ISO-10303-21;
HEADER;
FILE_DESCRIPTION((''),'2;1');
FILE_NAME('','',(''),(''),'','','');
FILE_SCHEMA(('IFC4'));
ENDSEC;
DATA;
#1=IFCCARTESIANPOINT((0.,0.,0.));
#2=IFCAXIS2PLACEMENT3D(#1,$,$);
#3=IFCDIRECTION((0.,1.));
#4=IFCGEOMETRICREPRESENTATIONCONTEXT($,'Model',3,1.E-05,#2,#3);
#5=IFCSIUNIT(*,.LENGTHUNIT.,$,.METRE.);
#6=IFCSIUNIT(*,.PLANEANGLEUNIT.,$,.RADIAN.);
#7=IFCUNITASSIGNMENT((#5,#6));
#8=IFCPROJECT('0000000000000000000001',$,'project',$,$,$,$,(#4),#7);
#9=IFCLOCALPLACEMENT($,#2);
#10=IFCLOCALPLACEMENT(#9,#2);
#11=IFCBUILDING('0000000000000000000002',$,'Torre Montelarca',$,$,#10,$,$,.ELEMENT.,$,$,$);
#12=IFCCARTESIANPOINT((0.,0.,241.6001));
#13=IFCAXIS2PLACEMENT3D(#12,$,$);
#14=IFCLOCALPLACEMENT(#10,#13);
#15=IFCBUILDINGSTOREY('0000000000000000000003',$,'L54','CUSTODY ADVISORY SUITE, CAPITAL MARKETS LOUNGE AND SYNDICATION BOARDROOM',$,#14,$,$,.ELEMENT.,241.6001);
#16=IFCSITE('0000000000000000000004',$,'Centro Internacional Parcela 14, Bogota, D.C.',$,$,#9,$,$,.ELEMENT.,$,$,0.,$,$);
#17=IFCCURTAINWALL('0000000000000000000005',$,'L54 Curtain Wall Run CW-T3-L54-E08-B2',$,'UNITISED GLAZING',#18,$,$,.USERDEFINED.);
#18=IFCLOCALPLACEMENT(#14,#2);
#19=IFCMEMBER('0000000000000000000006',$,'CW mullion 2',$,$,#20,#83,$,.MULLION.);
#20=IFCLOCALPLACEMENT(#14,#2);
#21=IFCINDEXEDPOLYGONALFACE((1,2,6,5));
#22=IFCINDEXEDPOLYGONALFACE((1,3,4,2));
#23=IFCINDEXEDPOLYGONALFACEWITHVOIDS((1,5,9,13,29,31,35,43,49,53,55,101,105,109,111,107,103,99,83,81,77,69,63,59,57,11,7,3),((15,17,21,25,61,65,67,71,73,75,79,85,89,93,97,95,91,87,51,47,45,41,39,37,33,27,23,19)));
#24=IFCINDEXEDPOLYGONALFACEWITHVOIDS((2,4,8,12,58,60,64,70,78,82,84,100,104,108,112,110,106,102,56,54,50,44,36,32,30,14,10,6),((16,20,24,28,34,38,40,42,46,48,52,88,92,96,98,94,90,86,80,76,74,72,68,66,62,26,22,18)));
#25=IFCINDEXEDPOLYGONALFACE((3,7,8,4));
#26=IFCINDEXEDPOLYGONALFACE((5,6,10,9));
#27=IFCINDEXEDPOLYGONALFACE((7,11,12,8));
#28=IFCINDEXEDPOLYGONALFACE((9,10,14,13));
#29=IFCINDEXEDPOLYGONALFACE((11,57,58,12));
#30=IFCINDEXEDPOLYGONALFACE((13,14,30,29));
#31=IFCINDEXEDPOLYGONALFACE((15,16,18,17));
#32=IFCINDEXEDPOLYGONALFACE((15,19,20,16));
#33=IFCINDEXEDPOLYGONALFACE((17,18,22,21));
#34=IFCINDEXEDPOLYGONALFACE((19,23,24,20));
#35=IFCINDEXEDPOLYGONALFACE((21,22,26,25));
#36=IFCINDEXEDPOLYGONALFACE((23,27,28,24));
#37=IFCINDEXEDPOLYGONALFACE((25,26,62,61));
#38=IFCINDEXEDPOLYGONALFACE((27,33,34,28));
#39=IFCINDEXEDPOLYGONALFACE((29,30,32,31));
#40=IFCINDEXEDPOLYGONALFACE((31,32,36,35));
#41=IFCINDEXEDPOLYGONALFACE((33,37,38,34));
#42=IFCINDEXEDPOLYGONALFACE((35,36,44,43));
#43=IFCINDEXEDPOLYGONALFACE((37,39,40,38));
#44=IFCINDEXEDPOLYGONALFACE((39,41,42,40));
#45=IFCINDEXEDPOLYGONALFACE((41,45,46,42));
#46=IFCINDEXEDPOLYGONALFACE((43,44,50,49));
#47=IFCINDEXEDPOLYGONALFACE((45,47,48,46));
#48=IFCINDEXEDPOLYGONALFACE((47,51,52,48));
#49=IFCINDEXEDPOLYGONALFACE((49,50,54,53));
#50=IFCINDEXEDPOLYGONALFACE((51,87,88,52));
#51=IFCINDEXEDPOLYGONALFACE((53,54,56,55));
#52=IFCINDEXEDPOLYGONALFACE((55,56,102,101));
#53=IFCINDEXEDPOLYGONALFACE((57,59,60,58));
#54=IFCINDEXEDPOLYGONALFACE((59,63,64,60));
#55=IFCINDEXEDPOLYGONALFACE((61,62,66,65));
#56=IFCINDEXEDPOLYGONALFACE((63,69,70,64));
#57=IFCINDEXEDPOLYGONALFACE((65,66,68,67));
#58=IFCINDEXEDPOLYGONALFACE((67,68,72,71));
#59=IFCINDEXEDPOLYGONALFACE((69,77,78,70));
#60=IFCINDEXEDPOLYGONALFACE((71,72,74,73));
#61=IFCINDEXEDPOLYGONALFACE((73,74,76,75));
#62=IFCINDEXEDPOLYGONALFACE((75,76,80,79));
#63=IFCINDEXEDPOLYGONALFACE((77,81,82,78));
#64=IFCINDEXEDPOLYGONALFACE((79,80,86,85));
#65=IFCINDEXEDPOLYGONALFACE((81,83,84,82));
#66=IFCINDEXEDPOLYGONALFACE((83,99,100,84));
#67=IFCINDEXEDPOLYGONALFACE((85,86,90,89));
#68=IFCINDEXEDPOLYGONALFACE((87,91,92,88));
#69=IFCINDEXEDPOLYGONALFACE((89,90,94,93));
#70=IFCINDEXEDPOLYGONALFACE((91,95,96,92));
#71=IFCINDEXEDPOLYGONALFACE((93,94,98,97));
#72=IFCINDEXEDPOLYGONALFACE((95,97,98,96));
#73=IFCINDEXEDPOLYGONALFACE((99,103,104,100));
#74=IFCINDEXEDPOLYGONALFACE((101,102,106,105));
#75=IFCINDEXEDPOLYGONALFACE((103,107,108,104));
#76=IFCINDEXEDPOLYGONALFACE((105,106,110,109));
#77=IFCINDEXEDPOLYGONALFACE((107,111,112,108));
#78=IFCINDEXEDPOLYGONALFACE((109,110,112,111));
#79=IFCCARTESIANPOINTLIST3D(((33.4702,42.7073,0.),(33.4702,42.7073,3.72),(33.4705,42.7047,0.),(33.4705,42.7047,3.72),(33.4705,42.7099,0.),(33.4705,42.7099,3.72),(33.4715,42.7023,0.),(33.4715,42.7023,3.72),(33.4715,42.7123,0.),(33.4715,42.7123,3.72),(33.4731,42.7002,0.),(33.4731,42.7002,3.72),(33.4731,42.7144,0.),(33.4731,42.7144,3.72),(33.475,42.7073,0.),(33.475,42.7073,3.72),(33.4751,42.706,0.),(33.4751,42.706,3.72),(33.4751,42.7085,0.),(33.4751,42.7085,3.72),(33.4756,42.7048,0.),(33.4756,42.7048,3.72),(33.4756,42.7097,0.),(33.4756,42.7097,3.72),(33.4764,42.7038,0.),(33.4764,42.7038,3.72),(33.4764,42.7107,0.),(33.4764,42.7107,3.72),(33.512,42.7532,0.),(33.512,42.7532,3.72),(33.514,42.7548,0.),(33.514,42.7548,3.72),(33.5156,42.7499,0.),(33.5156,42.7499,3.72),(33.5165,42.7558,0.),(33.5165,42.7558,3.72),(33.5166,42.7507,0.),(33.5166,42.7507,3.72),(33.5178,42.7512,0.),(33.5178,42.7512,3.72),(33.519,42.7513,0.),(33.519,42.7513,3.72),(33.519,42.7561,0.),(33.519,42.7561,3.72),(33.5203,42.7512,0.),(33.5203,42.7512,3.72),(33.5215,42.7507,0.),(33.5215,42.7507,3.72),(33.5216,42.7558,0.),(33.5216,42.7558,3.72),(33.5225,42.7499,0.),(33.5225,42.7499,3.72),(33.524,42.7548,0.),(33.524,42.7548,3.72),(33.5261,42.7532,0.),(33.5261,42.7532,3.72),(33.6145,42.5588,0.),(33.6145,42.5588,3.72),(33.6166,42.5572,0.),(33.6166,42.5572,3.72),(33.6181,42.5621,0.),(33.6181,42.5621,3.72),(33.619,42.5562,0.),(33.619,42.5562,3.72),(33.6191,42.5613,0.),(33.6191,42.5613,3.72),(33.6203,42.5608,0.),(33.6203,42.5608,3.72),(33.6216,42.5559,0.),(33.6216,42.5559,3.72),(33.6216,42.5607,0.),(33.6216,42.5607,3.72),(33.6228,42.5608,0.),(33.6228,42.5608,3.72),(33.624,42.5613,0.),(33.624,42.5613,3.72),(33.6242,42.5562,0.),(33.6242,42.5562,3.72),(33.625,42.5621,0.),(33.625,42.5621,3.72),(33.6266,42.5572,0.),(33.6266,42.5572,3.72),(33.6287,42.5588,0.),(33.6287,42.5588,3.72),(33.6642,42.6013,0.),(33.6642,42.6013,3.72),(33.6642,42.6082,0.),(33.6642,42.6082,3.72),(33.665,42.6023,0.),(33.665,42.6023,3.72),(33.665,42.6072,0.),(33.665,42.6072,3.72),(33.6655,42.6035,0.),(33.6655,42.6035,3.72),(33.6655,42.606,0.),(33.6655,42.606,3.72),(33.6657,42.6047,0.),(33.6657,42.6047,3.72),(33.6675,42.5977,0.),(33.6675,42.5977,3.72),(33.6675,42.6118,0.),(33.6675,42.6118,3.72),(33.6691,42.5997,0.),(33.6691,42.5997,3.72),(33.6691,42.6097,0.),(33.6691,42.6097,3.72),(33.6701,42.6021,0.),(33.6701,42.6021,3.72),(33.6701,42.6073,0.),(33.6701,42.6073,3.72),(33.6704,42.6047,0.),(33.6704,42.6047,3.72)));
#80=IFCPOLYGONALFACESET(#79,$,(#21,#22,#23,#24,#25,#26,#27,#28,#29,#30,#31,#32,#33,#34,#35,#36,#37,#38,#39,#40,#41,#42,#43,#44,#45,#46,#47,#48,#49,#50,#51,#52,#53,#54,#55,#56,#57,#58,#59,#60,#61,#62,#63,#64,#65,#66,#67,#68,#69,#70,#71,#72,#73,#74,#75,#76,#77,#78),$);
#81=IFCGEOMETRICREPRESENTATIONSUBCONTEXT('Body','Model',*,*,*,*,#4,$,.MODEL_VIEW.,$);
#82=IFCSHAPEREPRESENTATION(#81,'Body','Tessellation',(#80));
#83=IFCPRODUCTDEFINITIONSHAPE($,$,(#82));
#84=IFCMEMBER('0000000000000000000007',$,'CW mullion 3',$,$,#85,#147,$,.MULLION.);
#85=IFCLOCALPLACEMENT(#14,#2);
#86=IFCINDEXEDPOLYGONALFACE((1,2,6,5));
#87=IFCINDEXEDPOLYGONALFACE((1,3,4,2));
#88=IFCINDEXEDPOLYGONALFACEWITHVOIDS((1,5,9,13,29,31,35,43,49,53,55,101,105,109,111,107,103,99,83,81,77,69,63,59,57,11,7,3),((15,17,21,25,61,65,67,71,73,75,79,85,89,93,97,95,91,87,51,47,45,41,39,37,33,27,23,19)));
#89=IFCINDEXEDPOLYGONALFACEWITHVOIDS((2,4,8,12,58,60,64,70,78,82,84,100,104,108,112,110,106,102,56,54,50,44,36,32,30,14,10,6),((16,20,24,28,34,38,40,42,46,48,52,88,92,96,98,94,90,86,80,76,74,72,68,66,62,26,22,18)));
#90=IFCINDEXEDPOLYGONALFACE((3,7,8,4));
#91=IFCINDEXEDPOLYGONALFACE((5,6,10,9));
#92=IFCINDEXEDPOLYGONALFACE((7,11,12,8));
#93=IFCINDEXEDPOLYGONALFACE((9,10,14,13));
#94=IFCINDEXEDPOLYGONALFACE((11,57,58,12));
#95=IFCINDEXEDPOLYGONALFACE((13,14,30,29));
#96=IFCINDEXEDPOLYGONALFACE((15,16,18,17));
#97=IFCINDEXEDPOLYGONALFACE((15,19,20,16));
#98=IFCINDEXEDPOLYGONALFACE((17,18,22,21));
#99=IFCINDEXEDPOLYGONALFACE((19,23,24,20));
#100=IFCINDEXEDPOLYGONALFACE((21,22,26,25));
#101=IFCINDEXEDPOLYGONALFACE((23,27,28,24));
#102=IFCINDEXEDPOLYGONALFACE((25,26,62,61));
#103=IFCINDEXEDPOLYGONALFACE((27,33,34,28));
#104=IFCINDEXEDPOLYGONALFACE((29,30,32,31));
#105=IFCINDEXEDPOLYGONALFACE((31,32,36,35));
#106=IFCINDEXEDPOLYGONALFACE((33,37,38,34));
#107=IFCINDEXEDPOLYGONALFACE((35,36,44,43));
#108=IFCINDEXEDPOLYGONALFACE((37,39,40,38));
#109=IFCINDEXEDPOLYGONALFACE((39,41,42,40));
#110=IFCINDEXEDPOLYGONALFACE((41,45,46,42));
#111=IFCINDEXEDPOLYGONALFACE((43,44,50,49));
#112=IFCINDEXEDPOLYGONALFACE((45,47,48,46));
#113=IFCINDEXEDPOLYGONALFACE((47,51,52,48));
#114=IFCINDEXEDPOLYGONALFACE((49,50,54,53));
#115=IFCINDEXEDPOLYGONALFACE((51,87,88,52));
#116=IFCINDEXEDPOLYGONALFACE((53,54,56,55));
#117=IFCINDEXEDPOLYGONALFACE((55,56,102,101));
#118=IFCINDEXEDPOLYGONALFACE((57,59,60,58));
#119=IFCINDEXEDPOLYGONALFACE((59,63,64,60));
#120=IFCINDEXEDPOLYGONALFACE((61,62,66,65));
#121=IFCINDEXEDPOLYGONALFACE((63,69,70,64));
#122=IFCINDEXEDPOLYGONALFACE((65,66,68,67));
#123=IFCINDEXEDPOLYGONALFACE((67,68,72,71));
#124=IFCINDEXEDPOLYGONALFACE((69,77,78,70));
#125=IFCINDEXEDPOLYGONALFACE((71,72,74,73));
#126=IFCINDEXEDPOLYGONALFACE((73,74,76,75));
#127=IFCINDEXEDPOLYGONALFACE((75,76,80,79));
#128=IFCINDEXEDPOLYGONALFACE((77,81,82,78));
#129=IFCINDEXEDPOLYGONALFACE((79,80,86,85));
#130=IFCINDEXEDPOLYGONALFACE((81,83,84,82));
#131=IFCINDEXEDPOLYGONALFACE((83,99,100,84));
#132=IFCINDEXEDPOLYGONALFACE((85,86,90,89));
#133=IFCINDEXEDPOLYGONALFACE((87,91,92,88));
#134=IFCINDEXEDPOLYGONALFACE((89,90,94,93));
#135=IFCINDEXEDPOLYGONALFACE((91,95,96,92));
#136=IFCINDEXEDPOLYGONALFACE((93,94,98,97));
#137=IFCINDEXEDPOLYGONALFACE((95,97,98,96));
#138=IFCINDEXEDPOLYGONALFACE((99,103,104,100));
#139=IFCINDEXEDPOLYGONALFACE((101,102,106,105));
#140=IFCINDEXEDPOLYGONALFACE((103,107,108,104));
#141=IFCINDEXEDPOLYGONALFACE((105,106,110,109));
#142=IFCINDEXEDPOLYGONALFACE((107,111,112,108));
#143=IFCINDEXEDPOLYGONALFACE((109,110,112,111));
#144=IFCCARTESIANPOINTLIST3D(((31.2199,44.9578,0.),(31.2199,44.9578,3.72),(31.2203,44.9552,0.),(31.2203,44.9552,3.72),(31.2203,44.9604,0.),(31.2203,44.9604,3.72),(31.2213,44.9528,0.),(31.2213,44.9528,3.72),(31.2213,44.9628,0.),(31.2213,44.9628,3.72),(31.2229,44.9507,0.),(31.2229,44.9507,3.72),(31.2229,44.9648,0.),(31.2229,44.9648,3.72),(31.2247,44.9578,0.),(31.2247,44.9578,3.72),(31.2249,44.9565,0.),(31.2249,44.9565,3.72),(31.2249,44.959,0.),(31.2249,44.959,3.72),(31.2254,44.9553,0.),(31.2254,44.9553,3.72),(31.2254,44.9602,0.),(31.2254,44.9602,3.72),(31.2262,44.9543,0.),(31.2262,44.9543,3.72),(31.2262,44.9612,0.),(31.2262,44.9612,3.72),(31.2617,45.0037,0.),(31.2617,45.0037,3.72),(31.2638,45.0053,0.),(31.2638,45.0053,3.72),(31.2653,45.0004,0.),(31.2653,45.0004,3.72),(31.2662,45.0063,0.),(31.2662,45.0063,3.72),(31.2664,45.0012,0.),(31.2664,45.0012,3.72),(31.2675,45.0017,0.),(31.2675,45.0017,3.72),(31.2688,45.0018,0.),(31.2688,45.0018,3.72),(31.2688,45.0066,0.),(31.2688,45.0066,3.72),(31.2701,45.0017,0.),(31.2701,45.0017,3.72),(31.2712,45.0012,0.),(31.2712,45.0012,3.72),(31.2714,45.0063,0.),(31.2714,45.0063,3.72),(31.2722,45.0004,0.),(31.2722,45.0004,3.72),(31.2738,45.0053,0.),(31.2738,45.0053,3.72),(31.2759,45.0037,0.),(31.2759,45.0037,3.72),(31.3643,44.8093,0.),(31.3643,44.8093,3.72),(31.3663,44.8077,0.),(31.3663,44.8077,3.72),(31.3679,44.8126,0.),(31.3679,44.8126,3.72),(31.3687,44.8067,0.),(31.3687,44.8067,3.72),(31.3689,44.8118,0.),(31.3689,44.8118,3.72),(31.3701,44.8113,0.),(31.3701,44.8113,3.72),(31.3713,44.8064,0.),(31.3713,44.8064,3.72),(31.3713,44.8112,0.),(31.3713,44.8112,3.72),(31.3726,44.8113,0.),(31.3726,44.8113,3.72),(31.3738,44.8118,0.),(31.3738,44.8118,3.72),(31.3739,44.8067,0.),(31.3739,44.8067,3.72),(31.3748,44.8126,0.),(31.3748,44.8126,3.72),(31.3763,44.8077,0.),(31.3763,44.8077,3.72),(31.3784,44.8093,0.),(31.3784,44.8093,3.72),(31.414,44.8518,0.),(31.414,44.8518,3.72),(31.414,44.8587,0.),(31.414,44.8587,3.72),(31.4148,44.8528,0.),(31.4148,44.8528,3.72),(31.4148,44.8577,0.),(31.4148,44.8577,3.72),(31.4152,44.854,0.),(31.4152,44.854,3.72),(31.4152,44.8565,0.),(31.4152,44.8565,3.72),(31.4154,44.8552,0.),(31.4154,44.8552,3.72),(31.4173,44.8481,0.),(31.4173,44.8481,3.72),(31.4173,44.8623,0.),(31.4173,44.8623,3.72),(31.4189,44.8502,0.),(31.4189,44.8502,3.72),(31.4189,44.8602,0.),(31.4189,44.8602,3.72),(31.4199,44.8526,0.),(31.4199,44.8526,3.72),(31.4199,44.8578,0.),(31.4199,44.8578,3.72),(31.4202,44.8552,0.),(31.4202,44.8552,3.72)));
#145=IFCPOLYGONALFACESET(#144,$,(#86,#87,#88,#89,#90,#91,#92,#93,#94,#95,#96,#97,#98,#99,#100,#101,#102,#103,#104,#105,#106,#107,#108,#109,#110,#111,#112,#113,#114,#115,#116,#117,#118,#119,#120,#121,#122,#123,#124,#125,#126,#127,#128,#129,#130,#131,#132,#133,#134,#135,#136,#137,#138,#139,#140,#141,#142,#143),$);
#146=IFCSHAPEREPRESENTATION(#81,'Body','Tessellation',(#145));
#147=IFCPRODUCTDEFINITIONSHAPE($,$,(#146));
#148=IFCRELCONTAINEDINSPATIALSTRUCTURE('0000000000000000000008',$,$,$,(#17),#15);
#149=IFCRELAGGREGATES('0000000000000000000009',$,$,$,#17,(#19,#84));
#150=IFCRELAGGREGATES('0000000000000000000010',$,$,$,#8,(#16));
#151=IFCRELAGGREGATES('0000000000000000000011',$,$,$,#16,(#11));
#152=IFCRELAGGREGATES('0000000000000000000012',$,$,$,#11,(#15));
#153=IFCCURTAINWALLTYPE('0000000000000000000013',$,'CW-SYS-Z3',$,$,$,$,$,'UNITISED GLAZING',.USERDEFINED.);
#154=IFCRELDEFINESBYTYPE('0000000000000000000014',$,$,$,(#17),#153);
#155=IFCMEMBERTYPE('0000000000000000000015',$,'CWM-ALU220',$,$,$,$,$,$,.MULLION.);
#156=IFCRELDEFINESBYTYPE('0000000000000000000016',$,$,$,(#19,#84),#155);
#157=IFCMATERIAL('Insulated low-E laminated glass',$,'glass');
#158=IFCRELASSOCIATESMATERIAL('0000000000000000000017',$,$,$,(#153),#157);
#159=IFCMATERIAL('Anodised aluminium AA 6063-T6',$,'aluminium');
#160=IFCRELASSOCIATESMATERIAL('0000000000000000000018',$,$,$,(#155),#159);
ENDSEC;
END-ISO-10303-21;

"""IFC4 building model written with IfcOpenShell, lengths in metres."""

from ifc_helpers import new_model, si_unit, direction, frame, origin, origin_2d, place, context, subcontext, project, spatial, hollow_rectangle, extrude, source, transform, mapped, material, material_profile, profile_set, type_object, element, aggregate, save


model = new_model("IFC4")

# Units and contexts
model_context = context("Model", 3, precision=1e-05, world=origin(), true_north=direction((0.0, 1.0)))
body_context = subcontext(model_context, "Body", "Model", "MODEL_VIEW")
ifc_project = project(units=[si_unit("LENGTHUNIT", "METRE"), si_unit("PLANEANGLEUNIT", "RADIAN")], contexts=[model_context])

# Site, building, storey
site_placement = place(None, origin())
site = spatial("IfcSite", under=ifc_project, at=site_placement, Name="Centro Internacional Parcela 14, Bogota, D.C.", CompositionType="ELEMENT", RefElevation=0.0)
building_placement = place(site_placement, origin())
building = spatial("IfcBuilding", under=site, at=building_placement, Name="Torre Montelarca", CompositionType="ELEMENT")
storey_placement = place(building_placement, frame((0.0, 0.0, 241.6001)))
storey = spatial("IfcBuildingStorey", under=building, at=storey_placement, Name="L54", Description="CUSTODY ADVISORY SUITE, CAPITAL MARKETS LOUNGE AND SYNDICATION BOARDROOM", CompositionType="ELEMENT", Elevation=241.6001)

# Shared definitions
ifc_material_1 = material(Name="Insulated low-E laminated glass", Category="glass")
curtain_wall_type = type_object("IfcCurtainWallType", Name="CW-SYS-Z3", ElementType="UNITISED GLAZING", PredefinedType="USERDEFINED", material=ifc_material_1)
ifc_material_2 = material(Name="Anodised aluminium AA 6063-T6", Category="aluminium")
ifc_material_profile_1 = material_profile(ifc_material_2, hollow_rectangle(XDim=0.075, YDim=0.22, WallThickness=0.0049, InnerFilletRadius=0.0049, OuterFilletRadius=0.01, at=origin_2d()), Name="ALU75X220X5", Category="aluminium")
ifc_profile_set_1 = profile_set([ifc_material_profile_1], Name="Anodised aluminium AA 6063-T6")
member_type_1 = type_object("IfcMemberType", Name="CWM-ALU220", PredefinedType="MULLION", material=ifc_profile_set_1)
shared_shape_1 = source(origin(), body_context, "Body", "SweptSolid", [
    extrude(hollow_rectangle(XDim=0.075, YDim=0.22, WallThickness=0.0049, InnerFilletRadius=0.0049, OuterFilletRadius=0.01, at=origin_2d()), origin(), (0.0, 0.0, 1.0), 3.72),
])

# Curtain wall, members
curtain_wall_1_placement = place(storey_placement, origin())
curtain_wall_1 = element("IfcCurtainWall", 1, at=curtain_wall_1_placement, inside=storey, type_object=curtain_wall_type, Name="L54 Curtain Wall Run CW-T3-L54-E08-B2", ObjectType="UNITISED GLAZING", PredefinedType="USERDEFINED")
member_1_placement = place(storey_placement, frame((33.5703, 42.656, 0.0), z_axis=(0.0, 0.0, 1.0), x_axis=(-0.707115, -0.707099, 0.0)))
member_1 = element("IfcMember", 2, at=member_1_placement, type_object=member_type_1, Name="CW mullion 2", PredefinedType="MULLION", context=body_context, shape_type="MappedRepresentation", body=[
    mapped(shared_shape_1, transform((0.0, 0.0, 0.0), scale=1.0)),
])
member_2_placement = place(storey_placement, frame((31.3201, 44.9065, 0.0), z_axis=(0.0, 0.0, 1.0), x_axis=(-0.707115, -0.707099, 0.0)))
member_2 = element("IfcMember", 3, at=member_2_placement, type_object=member_type_1, Name="CW mullion 3", PredefinedType="MULLION", context=body_context, shape_type="MappedRepresentation", body=[
    mapped(shared_shape_1, transform((0.0, 0.0, 0.0), scale=1.0)),
])

aggregate(curtain_wall_1, [member_1, member_2])

save(model, "model.ifc")
